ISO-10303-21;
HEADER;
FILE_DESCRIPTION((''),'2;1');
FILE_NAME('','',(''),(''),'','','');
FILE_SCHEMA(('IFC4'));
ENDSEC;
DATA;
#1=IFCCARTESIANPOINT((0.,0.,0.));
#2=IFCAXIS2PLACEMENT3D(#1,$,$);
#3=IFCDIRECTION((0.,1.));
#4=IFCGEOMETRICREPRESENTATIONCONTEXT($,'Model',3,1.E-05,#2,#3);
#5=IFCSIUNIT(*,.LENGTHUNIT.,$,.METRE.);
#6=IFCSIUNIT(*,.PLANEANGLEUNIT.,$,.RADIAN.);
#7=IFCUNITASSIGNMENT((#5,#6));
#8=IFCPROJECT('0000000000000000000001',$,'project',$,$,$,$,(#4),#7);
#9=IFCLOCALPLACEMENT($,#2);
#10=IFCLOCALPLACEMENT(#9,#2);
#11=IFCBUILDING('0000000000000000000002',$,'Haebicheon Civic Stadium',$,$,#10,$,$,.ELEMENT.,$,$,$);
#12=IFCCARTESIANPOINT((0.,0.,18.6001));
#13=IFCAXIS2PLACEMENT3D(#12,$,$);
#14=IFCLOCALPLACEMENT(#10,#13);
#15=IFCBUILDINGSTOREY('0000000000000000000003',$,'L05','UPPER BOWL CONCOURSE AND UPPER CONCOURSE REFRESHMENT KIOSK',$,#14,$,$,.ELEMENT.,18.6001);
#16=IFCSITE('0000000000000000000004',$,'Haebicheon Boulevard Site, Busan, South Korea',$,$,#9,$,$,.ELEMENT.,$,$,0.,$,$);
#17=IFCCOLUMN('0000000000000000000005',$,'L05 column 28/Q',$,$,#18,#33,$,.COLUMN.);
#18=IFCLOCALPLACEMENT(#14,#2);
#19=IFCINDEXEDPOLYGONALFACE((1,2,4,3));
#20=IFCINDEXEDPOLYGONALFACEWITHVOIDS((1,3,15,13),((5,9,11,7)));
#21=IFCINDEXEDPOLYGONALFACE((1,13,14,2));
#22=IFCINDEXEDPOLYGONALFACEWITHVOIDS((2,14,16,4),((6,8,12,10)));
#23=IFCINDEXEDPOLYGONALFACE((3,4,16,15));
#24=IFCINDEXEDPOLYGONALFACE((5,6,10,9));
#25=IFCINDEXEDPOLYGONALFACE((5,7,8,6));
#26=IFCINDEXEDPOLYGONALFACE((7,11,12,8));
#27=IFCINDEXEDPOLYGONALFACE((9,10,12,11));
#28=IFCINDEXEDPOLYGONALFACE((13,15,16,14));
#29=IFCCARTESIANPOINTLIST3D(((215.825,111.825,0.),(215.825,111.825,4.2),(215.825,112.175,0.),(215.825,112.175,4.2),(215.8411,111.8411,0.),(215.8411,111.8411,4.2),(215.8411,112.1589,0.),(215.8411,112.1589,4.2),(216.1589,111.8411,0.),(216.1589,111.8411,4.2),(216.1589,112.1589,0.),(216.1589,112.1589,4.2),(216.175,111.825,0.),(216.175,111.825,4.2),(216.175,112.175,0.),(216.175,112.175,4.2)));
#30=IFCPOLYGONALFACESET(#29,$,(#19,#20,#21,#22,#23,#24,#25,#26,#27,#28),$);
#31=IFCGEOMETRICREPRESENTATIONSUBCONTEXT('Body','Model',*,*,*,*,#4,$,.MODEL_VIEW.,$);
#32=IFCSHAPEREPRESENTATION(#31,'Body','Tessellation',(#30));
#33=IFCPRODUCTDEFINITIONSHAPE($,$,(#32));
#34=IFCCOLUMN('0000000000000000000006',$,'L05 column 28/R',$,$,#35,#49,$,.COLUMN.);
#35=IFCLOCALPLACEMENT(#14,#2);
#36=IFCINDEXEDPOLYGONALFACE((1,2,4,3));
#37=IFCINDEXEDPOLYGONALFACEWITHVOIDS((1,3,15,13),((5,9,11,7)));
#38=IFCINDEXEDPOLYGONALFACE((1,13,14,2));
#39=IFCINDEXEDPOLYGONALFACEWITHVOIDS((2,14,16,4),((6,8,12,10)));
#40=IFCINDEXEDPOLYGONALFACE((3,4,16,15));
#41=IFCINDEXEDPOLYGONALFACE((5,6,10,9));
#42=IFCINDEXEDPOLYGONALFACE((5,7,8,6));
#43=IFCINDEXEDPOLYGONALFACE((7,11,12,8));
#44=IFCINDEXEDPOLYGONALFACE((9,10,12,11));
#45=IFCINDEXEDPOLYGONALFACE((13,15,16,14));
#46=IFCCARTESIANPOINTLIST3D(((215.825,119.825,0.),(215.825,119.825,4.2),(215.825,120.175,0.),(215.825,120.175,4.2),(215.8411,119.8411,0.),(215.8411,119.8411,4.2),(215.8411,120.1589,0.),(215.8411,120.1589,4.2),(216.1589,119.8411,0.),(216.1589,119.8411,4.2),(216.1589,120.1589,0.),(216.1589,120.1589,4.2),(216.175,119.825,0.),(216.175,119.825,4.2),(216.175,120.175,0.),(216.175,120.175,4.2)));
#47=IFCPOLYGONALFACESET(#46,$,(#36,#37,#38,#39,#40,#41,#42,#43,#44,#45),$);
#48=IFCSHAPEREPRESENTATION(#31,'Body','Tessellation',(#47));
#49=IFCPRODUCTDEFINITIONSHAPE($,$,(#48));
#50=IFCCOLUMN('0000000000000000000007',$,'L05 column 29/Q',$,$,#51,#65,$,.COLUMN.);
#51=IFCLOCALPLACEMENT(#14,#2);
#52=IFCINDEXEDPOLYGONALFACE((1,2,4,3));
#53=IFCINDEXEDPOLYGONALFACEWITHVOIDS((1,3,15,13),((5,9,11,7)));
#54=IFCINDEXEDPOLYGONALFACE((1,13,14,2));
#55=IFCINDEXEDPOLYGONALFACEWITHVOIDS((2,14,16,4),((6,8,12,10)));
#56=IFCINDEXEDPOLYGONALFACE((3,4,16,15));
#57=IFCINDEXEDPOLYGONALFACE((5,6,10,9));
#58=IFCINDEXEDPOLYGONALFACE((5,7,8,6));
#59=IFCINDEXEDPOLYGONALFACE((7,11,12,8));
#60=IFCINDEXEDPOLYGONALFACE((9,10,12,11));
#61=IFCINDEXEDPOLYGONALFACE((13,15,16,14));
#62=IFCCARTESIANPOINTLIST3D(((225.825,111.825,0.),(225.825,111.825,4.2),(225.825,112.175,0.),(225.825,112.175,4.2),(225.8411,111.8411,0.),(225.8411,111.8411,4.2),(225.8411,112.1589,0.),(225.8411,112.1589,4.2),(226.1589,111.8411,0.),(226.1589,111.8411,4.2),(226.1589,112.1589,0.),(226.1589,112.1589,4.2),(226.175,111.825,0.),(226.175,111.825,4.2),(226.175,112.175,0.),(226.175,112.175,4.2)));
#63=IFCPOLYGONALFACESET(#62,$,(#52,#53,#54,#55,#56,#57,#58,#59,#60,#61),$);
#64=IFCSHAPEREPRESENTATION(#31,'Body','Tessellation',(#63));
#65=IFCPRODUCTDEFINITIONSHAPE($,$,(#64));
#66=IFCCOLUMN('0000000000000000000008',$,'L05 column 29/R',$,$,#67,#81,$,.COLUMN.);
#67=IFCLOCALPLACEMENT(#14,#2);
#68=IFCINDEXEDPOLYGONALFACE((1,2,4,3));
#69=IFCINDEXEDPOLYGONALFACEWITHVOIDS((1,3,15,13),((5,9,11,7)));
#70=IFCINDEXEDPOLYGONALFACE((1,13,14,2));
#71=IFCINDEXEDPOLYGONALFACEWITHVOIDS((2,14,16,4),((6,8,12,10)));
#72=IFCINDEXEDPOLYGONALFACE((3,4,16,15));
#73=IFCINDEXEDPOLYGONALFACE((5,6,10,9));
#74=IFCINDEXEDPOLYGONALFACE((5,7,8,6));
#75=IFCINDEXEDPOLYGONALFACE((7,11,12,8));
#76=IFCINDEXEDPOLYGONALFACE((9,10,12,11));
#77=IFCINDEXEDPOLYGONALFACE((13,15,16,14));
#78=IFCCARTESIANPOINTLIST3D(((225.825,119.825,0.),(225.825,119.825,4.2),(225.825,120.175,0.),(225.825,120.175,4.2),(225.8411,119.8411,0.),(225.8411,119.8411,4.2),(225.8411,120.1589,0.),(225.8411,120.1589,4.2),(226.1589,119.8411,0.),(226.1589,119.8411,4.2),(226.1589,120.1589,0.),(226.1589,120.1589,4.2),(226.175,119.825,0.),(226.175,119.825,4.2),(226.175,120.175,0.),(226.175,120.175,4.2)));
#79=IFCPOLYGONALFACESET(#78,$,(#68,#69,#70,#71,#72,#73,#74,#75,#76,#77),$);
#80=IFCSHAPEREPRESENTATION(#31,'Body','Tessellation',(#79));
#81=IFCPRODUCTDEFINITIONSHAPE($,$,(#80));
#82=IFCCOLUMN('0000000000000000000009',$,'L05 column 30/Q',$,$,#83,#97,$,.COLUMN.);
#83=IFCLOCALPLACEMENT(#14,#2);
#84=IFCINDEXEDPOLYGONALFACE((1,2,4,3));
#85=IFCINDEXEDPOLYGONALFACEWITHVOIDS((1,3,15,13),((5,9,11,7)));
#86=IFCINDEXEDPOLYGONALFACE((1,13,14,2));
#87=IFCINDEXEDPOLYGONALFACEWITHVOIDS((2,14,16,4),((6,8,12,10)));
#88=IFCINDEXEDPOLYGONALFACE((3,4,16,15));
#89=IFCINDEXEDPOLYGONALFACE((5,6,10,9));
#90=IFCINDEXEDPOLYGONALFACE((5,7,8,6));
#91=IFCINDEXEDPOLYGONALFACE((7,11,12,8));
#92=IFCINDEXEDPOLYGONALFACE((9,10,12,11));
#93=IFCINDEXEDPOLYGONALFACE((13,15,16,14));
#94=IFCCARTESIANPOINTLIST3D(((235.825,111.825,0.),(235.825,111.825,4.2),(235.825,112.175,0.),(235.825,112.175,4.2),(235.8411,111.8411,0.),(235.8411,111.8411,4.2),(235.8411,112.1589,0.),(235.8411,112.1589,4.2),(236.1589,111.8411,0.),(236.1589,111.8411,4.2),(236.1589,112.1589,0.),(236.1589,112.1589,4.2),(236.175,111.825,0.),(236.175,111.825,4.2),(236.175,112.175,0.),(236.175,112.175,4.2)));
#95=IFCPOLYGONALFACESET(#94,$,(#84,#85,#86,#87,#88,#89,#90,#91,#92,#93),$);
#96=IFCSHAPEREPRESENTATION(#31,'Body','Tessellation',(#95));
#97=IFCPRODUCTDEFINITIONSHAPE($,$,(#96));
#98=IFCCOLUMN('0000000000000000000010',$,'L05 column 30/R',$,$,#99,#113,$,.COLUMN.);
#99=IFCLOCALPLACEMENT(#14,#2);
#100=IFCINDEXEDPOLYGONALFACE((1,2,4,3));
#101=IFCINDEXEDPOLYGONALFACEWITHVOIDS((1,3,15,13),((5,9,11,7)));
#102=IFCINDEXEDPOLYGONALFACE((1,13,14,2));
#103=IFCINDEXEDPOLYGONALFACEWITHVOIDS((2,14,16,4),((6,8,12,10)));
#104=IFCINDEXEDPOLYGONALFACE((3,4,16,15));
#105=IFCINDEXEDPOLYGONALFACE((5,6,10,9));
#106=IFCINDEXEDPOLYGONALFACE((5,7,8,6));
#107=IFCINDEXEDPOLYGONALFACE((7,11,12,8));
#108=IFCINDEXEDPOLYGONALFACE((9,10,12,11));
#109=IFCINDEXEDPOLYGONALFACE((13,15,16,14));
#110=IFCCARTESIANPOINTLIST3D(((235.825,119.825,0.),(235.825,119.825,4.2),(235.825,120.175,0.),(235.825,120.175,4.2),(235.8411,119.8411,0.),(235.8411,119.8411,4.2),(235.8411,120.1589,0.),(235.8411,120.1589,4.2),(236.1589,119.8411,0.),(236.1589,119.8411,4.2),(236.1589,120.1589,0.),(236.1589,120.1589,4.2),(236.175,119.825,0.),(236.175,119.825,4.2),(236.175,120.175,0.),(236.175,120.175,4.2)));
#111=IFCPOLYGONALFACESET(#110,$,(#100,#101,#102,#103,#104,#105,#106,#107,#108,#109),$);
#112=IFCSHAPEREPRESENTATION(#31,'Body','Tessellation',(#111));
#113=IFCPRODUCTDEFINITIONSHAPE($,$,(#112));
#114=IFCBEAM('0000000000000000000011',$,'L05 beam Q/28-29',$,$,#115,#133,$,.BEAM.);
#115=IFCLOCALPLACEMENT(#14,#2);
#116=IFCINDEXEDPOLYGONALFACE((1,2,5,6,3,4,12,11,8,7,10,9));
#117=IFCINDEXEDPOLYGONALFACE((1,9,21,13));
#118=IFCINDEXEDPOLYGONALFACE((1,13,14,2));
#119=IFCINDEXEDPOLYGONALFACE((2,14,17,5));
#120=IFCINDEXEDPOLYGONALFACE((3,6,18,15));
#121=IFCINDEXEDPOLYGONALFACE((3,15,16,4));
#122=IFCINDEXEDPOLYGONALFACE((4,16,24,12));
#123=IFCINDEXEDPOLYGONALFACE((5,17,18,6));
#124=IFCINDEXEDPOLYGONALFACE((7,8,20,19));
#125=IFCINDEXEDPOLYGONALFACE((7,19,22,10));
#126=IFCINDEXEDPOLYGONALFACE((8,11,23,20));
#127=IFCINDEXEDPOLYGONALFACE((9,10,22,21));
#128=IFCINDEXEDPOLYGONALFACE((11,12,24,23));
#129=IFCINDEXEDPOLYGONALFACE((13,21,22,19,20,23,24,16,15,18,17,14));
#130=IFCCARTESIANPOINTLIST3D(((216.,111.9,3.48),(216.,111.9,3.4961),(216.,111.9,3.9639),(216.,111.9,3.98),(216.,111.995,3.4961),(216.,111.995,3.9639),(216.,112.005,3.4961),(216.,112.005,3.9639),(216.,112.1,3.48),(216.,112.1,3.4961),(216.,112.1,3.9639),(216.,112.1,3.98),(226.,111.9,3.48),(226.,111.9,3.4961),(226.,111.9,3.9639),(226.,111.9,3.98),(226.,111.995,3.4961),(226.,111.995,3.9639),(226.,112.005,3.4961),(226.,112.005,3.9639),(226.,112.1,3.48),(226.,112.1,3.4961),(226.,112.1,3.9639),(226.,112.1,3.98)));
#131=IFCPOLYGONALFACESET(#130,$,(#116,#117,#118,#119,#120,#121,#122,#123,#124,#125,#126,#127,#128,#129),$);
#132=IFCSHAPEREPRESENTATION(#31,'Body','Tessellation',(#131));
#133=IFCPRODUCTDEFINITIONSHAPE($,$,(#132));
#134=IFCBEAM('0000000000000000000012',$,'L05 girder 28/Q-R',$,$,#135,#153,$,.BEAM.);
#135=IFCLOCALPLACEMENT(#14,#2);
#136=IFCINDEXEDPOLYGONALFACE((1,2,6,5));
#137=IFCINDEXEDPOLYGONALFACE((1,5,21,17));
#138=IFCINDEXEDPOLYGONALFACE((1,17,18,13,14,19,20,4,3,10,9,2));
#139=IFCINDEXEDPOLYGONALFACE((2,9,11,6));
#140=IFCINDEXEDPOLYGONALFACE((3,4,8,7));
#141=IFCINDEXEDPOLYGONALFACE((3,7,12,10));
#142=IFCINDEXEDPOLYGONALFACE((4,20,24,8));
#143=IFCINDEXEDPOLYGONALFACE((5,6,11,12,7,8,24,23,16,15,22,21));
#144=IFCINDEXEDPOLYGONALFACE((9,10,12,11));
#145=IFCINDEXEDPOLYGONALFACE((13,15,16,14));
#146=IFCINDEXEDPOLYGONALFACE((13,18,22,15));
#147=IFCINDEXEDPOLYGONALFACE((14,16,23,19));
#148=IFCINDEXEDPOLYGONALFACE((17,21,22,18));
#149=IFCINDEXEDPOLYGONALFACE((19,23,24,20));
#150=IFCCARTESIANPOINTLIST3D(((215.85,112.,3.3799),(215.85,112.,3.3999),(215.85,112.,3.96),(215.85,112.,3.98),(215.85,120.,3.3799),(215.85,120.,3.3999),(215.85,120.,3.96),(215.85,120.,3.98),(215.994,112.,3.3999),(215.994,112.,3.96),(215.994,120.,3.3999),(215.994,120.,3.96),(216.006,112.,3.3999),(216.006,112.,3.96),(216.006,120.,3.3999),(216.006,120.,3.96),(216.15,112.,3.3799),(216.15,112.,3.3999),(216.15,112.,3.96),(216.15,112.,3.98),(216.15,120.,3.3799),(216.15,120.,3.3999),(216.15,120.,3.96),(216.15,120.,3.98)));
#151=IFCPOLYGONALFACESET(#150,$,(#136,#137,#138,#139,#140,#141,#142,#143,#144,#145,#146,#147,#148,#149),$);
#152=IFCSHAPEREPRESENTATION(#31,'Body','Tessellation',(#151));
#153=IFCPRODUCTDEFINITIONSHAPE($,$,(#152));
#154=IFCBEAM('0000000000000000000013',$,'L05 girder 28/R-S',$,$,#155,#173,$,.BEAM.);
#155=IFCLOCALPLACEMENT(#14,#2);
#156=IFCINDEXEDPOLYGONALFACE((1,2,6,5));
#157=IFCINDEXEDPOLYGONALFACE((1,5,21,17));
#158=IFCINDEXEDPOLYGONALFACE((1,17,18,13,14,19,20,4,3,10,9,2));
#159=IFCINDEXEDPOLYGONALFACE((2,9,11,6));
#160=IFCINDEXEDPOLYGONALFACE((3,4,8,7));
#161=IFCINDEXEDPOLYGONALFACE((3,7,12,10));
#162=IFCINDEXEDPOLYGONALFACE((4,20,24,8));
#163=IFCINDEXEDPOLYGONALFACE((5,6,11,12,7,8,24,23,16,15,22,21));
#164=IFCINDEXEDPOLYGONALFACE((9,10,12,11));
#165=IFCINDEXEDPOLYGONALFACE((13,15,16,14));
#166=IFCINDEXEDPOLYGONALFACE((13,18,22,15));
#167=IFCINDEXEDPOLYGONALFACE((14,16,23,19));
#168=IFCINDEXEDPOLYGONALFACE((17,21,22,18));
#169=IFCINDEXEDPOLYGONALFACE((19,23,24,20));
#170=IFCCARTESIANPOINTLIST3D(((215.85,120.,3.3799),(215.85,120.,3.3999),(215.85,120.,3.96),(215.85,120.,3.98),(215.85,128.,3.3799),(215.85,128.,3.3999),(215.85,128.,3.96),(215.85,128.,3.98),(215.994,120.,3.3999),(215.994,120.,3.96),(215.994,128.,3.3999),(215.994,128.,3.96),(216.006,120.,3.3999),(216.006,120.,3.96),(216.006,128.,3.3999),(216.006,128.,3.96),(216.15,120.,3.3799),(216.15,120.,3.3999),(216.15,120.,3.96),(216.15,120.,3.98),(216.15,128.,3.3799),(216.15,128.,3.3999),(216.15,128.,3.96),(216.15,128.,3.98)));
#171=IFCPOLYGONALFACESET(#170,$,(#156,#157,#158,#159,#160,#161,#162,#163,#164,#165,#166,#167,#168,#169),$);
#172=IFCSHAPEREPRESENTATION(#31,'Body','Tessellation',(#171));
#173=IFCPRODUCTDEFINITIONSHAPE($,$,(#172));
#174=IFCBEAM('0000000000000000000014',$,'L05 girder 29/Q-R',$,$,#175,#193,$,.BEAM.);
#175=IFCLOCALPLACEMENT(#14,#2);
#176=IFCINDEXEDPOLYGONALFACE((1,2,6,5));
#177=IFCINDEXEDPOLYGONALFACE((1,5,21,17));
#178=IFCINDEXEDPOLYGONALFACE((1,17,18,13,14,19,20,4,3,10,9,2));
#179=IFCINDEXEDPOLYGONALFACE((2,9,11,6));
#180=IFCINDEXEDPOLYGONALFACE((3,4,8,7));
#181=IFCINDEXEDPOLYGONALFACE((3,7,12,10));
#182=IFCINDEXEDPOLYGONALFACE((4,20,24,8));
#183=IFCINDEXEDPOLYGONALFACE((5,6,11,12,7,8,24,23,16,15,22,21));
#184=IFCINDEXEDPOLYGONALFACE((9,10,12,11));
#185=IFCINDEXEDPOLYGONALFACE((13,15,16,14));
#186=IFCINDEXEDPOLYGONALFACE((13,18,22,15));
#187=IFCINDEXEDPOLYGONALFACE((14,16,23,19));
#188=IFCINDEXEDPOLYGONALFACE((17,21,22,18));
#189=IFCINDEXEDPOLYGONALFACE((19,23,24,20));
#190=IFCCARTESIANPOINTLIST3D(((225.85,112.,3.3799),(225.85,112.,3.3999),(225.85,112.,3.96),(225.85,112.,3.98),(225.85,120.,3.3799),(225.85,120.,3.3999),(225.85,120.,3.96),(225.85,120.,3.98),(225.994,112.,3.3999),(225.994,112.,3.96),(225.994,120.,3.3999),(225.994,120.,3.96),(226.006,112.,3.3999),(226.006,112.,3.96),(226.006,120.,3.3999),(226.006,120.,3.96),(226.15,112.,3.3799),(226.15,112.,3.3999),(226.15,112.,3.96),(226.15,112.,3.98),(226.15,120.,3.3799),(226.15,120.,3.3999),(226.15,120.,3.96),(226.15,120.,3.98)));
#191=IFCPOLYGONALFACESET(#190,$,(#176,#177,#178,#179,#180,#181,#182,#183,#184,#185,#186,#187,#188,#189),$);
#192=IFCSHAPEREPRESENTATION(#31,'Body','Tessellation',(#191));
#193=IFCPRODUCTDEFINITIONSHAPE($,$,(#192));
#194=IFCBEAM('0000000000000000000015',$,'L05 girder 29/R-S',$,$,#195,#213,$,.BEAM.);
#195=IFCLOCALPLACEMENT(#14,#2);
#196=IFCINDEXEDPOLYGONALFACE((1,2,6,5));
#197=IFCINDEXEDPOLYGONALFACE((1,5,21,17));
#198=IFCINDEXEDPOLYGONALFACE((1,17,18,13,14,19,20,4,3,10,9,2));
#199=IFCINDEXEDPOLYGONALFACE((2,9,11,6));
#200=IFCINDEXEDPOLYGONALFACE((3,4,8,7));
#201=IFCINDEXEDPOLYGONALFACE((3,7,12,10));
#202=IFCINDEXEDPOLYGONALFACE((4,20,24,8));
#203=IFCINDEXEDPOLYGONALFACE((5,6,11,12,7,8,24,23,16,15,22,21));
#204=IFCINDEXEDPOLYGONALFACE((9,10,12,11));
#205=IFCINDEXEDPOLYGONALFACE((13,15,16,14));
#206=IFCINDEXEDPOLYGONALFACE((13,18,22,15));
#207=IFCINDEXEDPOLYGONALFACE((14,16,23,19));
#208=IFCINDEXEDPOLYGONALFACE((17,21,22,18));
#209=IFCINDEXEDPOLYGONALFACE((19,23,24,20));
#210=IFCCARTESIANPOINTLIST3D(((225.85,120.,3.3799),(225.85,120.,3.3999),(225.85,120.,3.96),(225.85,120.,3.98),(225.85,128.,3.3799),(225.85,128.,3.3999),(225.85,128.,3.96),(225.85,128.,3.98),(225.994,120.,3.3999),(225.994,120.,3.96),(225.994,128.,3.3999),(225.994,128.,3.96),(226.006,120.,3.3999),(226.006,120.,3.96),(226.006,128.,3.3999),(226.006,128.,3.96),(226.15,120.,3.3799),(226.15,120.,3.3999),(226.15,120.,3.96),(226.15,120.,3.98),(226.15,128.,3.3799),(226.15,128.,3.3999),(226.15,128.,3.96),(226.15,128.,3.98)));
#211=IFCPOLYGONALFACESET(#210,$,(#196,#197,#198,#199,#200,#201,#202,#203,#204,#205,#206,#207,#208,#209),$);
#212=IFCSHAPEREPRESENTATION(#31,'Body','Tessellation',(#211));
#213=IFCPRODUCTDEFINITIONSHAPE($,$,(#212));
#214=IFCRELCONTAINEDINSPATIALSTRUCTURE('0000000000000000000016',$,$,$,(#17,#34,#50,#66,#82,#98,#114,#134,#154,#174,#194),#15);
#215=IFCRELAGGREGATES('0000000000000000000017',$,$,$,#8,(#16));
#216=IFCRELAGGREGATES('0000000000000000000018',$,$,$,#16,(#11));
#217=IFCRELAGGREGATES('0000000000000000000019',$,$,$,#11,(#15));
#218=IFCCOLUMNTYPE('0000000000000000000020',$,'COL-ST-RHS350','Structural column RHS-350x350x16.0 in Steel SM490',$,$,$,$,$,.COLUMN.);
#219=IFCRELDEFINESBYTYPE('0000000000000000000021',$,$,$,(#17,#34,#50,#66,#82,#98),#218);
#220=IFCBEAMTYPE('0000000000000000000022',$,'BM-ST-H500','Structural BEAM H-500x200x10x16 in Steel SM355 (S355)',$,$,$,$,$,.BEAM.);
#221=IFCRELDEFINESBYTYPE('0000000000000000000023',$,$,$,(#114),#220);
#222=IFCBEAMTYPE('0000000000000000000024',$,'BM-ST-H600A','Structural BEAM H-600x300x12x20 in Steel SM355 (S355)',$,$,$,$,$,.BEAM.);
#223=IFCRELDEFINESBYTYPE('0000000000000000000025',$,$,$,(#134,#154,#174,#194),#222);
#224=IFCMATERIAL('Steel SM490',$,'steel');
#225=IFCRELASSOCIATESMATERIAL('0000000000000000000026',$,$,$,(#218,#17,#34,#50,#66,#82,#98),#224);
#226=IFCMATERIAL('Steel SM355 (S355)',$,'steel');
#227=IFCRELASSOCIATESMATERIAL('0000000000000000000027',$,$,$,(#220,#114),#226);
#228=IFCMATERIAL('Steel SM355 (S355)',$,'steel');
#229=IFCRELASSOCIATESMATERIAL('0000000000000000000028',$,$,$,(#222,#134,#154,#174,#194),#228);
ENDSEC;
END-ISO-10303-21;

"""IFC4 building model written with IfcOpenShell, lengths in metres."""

from ifc_helpers import new_model, si_unit, direction, frame, origin, origin_2d, place, context, subcontext, project, spatial, hollow_rectangle, i_section, extrude, material, material_profile, profile_set, type_object, element, save


model = new_model("IFC4")

# Units and contexts
model_context = context("Model", 3, precision=1e-05, world=origin(), true_north=direction((0.0, 1.0)))
body_context = subcontext(model_context, "Body", "Model", "MODEL_VIEW")
ifc_project = project(units=[si_unit("LENGTHUNIT", "METRE"), si_unit("PLANEANGLEUNIT", "RADIAN")], contexts=[model_context])

# Site, building, storey
site_placement = place(None, origin())
site = spatial("IfcSite", under=ifc_project, at=site_placement, Name="Haebicheon Boulevard Site, Busan, South Korea", CompositionType="ELEMENT", RefElevation=0.0)
building_placement = place(site_placement, origin())
building = spatial("IfcBuilding", under=site, at=building_placement, Name="Haebicheon Civic Stadium", CompositionType="ELEMENT")
storey_placement = place(building_placement, frame((0.0, 0.0, 18.6001)))
storey = spatial("IfcBuildingStorey", under=building, at=storey_placement, Name="L05", Description="UPPER BOWL CONCOURSE AND UPPER CONCOURSE REFRESHMENT KIOSK", CompositionType="ELEMENT", Elevation=18.6001)

# Columns
ifc_material_1 = material(Name="Steel SM490", Category="steel")
ifc_material_profile_1 = material_profile(ifc_material_1, hollow_rectangle(XDim=0.3501, YDim=0.3501, WallThickness=0.0161, at=origin_2d()), Name="RHS-350x350x16.0")
ifc_profile_set_1 = profile_set([ifc_material_profile_1], Name="Steel SM490")
column_type = type_object("IfcColumnType", Name="COL-ST-RHS350", Description="Structural column RHS-350x350x16.0 in Steel SM490", PredefinedType="COLUMN", material=ifc_profile_set_1)
for number, where, z_axis, x_axis, name in (
    (1, (216.0, 112.0, 0.0), (0.0, 0.0, 1.0), (1.0, 0.0, 0.0), "L05 column 28/Q"),
    (2, (216.0, 120.0, 0.0), (0.0, 0.0, 1.0), (1.0, 0.0, 0.0), "L05 column 28/R"),
    (3, (226.0, 112.0, 0.0), (0.0, 0.0, 1.0), (1.0, 0.0, 0.0), "L05 column 29/Q"),
    (4, (226.0, 120.0, 0.0), (0.0, 0.0, 1.0), (1.0, 0.0, 0.0), "L05 column 29/R"),
    (5, (236.0, 112.0, 0.0), (0.0, 0.0, 1.0), (1.0, 0.0, 0.0), "L05 column 30/Q"),
    (6, (236.0, 120.0, 0.0), (0.0, 0.0, 1.0), (1.0, 0.0, 0.0), "L05 column 30/R"),
):
    element("IfcColumn", number, at=place(storey_placement, frame(where, z_axis=z_axis, x_axis=x_axis)), inside=storey, type_object=column_type, material=ifc_profile_set_1, Name=name, PredefinedType="COLUMN", context=body_context, shape_type="SweptSolid", body=[
        extrude(hollow_rectangle(XDim=0.3501, YDim=0.3501, WallThickness=0.0161, at=origin_2d()), origin(), (0.0, 0.0, 1.0), 4.2),
    ])

# Beams
ifc_material_2 = material(Name="Steel SM355 (S355)", Category="steel")
ifc_material_profile_2 = material_profile(ifc_material_2, i_section(OverallWidth=0.2, OverallDepth=0.5, WebThickness=0.01, FlangeThickness=0.0161, at=origin_2d()), Name="H-500x200x10x16")
ifc_profile_set_2 = profile_set([ifc_material_profile_2], Name="Steel SM355 (S355)")
beam_type_1 = type_object("IfcBeamType", Name="BM-ST-H500", Description="Structural BEAM H-500x200x10x16 in Steel SM355 (S355)", PredefinedType="BEAM", material=ifc_profile_set_2)
beam_1_placement = place(storey_placement, frame((216.0, 112.0, 3.73), z_axis=(1.0, 0.0, 0.0), x_axis=(0.0, 1.0, 0.0)))
element("IfcBeam", 7, at=beam_1_placement, inside=storey, type_object=beam_type_1, material=ifc_profile_set_2, Name="L05 beam Q/28-29", PredefinedType="BEAM", context=body_context, shape_type="SweptSolid", body=[
    extrude(i_section(OverallWidth=0.2, OverallDepth=0.5, WebThickness=0.01, FlangeThickness=0.0161, at=origin_2d()), origin(), (0.0, 0.0, 1.0), 10.0),
])
ifc_material_3 = material(Name="Steel SM355 (S355)", Category="steel")
ifc_material_profile_3 = material_profile(ifc_material_3, i_section(OverallWidth=0.3, OverallDepth=0.6001, WebThickness=0.012, FlangeThickness=0.02, at=origin_2d()), Name="H-600x300x12x20")
ifc_profile_set_3 = profile_set([ifc_material_profile_3], Name="Steel SM355 (S355)")
beam_type_2 = type_object("IfcBeamType", Name="BM-ST-H600A", Description="Structural BEAM H-600x300x12x20 in Steel SM355 (S355)", PredefinedType="BEAM", material=ifc_profile_set_3)
for number, where, z_axis, x_axis, name in (
    (8, (216.0, 112.0, 3.6799), (0.0, 1.0, 0.0), (-1.0, 0.0, 0.0), "L05 girder 28/Q-R"),
    (9, (216.0, 120.0, 3.6799), (0.0, 1.0, 0.0), (-1.0, 0.0, 0.0), "L05 girder 28/R-S"),
    (10, (226.0, 112.0, 3.6799), (0.0, 1.0, 0.0), (-1.0, 0.0, 0.0), "L05 girder 29/Q-R"),
    (11, (226.0, 120.0, 3.6799), (0.0, 1.0, 0.0), (-1.0, 0.0, 0.0), "L05 girder 29/R-S"),
):
    element("IfcBeam", number, at=place(storey_placement, frame(where, z_axis=z_axis, x_axis=x_axis)), inside=storey, type_object=beam_type_2, material=ifc_profile_set_3, Name=name, PredefinedType="BEAM", context=body_context, shape_type="SweptSolid", body=[
        extrude(i_section(OverallWidth=0.3, OverallDepth=0.6001, WebThickness=0.012, FlangeThickness=0.02, at=origin_2d()), origin(), (0.0, 0.0, 1.0), 8.0),
    ])

save(model, "model.ifc")
